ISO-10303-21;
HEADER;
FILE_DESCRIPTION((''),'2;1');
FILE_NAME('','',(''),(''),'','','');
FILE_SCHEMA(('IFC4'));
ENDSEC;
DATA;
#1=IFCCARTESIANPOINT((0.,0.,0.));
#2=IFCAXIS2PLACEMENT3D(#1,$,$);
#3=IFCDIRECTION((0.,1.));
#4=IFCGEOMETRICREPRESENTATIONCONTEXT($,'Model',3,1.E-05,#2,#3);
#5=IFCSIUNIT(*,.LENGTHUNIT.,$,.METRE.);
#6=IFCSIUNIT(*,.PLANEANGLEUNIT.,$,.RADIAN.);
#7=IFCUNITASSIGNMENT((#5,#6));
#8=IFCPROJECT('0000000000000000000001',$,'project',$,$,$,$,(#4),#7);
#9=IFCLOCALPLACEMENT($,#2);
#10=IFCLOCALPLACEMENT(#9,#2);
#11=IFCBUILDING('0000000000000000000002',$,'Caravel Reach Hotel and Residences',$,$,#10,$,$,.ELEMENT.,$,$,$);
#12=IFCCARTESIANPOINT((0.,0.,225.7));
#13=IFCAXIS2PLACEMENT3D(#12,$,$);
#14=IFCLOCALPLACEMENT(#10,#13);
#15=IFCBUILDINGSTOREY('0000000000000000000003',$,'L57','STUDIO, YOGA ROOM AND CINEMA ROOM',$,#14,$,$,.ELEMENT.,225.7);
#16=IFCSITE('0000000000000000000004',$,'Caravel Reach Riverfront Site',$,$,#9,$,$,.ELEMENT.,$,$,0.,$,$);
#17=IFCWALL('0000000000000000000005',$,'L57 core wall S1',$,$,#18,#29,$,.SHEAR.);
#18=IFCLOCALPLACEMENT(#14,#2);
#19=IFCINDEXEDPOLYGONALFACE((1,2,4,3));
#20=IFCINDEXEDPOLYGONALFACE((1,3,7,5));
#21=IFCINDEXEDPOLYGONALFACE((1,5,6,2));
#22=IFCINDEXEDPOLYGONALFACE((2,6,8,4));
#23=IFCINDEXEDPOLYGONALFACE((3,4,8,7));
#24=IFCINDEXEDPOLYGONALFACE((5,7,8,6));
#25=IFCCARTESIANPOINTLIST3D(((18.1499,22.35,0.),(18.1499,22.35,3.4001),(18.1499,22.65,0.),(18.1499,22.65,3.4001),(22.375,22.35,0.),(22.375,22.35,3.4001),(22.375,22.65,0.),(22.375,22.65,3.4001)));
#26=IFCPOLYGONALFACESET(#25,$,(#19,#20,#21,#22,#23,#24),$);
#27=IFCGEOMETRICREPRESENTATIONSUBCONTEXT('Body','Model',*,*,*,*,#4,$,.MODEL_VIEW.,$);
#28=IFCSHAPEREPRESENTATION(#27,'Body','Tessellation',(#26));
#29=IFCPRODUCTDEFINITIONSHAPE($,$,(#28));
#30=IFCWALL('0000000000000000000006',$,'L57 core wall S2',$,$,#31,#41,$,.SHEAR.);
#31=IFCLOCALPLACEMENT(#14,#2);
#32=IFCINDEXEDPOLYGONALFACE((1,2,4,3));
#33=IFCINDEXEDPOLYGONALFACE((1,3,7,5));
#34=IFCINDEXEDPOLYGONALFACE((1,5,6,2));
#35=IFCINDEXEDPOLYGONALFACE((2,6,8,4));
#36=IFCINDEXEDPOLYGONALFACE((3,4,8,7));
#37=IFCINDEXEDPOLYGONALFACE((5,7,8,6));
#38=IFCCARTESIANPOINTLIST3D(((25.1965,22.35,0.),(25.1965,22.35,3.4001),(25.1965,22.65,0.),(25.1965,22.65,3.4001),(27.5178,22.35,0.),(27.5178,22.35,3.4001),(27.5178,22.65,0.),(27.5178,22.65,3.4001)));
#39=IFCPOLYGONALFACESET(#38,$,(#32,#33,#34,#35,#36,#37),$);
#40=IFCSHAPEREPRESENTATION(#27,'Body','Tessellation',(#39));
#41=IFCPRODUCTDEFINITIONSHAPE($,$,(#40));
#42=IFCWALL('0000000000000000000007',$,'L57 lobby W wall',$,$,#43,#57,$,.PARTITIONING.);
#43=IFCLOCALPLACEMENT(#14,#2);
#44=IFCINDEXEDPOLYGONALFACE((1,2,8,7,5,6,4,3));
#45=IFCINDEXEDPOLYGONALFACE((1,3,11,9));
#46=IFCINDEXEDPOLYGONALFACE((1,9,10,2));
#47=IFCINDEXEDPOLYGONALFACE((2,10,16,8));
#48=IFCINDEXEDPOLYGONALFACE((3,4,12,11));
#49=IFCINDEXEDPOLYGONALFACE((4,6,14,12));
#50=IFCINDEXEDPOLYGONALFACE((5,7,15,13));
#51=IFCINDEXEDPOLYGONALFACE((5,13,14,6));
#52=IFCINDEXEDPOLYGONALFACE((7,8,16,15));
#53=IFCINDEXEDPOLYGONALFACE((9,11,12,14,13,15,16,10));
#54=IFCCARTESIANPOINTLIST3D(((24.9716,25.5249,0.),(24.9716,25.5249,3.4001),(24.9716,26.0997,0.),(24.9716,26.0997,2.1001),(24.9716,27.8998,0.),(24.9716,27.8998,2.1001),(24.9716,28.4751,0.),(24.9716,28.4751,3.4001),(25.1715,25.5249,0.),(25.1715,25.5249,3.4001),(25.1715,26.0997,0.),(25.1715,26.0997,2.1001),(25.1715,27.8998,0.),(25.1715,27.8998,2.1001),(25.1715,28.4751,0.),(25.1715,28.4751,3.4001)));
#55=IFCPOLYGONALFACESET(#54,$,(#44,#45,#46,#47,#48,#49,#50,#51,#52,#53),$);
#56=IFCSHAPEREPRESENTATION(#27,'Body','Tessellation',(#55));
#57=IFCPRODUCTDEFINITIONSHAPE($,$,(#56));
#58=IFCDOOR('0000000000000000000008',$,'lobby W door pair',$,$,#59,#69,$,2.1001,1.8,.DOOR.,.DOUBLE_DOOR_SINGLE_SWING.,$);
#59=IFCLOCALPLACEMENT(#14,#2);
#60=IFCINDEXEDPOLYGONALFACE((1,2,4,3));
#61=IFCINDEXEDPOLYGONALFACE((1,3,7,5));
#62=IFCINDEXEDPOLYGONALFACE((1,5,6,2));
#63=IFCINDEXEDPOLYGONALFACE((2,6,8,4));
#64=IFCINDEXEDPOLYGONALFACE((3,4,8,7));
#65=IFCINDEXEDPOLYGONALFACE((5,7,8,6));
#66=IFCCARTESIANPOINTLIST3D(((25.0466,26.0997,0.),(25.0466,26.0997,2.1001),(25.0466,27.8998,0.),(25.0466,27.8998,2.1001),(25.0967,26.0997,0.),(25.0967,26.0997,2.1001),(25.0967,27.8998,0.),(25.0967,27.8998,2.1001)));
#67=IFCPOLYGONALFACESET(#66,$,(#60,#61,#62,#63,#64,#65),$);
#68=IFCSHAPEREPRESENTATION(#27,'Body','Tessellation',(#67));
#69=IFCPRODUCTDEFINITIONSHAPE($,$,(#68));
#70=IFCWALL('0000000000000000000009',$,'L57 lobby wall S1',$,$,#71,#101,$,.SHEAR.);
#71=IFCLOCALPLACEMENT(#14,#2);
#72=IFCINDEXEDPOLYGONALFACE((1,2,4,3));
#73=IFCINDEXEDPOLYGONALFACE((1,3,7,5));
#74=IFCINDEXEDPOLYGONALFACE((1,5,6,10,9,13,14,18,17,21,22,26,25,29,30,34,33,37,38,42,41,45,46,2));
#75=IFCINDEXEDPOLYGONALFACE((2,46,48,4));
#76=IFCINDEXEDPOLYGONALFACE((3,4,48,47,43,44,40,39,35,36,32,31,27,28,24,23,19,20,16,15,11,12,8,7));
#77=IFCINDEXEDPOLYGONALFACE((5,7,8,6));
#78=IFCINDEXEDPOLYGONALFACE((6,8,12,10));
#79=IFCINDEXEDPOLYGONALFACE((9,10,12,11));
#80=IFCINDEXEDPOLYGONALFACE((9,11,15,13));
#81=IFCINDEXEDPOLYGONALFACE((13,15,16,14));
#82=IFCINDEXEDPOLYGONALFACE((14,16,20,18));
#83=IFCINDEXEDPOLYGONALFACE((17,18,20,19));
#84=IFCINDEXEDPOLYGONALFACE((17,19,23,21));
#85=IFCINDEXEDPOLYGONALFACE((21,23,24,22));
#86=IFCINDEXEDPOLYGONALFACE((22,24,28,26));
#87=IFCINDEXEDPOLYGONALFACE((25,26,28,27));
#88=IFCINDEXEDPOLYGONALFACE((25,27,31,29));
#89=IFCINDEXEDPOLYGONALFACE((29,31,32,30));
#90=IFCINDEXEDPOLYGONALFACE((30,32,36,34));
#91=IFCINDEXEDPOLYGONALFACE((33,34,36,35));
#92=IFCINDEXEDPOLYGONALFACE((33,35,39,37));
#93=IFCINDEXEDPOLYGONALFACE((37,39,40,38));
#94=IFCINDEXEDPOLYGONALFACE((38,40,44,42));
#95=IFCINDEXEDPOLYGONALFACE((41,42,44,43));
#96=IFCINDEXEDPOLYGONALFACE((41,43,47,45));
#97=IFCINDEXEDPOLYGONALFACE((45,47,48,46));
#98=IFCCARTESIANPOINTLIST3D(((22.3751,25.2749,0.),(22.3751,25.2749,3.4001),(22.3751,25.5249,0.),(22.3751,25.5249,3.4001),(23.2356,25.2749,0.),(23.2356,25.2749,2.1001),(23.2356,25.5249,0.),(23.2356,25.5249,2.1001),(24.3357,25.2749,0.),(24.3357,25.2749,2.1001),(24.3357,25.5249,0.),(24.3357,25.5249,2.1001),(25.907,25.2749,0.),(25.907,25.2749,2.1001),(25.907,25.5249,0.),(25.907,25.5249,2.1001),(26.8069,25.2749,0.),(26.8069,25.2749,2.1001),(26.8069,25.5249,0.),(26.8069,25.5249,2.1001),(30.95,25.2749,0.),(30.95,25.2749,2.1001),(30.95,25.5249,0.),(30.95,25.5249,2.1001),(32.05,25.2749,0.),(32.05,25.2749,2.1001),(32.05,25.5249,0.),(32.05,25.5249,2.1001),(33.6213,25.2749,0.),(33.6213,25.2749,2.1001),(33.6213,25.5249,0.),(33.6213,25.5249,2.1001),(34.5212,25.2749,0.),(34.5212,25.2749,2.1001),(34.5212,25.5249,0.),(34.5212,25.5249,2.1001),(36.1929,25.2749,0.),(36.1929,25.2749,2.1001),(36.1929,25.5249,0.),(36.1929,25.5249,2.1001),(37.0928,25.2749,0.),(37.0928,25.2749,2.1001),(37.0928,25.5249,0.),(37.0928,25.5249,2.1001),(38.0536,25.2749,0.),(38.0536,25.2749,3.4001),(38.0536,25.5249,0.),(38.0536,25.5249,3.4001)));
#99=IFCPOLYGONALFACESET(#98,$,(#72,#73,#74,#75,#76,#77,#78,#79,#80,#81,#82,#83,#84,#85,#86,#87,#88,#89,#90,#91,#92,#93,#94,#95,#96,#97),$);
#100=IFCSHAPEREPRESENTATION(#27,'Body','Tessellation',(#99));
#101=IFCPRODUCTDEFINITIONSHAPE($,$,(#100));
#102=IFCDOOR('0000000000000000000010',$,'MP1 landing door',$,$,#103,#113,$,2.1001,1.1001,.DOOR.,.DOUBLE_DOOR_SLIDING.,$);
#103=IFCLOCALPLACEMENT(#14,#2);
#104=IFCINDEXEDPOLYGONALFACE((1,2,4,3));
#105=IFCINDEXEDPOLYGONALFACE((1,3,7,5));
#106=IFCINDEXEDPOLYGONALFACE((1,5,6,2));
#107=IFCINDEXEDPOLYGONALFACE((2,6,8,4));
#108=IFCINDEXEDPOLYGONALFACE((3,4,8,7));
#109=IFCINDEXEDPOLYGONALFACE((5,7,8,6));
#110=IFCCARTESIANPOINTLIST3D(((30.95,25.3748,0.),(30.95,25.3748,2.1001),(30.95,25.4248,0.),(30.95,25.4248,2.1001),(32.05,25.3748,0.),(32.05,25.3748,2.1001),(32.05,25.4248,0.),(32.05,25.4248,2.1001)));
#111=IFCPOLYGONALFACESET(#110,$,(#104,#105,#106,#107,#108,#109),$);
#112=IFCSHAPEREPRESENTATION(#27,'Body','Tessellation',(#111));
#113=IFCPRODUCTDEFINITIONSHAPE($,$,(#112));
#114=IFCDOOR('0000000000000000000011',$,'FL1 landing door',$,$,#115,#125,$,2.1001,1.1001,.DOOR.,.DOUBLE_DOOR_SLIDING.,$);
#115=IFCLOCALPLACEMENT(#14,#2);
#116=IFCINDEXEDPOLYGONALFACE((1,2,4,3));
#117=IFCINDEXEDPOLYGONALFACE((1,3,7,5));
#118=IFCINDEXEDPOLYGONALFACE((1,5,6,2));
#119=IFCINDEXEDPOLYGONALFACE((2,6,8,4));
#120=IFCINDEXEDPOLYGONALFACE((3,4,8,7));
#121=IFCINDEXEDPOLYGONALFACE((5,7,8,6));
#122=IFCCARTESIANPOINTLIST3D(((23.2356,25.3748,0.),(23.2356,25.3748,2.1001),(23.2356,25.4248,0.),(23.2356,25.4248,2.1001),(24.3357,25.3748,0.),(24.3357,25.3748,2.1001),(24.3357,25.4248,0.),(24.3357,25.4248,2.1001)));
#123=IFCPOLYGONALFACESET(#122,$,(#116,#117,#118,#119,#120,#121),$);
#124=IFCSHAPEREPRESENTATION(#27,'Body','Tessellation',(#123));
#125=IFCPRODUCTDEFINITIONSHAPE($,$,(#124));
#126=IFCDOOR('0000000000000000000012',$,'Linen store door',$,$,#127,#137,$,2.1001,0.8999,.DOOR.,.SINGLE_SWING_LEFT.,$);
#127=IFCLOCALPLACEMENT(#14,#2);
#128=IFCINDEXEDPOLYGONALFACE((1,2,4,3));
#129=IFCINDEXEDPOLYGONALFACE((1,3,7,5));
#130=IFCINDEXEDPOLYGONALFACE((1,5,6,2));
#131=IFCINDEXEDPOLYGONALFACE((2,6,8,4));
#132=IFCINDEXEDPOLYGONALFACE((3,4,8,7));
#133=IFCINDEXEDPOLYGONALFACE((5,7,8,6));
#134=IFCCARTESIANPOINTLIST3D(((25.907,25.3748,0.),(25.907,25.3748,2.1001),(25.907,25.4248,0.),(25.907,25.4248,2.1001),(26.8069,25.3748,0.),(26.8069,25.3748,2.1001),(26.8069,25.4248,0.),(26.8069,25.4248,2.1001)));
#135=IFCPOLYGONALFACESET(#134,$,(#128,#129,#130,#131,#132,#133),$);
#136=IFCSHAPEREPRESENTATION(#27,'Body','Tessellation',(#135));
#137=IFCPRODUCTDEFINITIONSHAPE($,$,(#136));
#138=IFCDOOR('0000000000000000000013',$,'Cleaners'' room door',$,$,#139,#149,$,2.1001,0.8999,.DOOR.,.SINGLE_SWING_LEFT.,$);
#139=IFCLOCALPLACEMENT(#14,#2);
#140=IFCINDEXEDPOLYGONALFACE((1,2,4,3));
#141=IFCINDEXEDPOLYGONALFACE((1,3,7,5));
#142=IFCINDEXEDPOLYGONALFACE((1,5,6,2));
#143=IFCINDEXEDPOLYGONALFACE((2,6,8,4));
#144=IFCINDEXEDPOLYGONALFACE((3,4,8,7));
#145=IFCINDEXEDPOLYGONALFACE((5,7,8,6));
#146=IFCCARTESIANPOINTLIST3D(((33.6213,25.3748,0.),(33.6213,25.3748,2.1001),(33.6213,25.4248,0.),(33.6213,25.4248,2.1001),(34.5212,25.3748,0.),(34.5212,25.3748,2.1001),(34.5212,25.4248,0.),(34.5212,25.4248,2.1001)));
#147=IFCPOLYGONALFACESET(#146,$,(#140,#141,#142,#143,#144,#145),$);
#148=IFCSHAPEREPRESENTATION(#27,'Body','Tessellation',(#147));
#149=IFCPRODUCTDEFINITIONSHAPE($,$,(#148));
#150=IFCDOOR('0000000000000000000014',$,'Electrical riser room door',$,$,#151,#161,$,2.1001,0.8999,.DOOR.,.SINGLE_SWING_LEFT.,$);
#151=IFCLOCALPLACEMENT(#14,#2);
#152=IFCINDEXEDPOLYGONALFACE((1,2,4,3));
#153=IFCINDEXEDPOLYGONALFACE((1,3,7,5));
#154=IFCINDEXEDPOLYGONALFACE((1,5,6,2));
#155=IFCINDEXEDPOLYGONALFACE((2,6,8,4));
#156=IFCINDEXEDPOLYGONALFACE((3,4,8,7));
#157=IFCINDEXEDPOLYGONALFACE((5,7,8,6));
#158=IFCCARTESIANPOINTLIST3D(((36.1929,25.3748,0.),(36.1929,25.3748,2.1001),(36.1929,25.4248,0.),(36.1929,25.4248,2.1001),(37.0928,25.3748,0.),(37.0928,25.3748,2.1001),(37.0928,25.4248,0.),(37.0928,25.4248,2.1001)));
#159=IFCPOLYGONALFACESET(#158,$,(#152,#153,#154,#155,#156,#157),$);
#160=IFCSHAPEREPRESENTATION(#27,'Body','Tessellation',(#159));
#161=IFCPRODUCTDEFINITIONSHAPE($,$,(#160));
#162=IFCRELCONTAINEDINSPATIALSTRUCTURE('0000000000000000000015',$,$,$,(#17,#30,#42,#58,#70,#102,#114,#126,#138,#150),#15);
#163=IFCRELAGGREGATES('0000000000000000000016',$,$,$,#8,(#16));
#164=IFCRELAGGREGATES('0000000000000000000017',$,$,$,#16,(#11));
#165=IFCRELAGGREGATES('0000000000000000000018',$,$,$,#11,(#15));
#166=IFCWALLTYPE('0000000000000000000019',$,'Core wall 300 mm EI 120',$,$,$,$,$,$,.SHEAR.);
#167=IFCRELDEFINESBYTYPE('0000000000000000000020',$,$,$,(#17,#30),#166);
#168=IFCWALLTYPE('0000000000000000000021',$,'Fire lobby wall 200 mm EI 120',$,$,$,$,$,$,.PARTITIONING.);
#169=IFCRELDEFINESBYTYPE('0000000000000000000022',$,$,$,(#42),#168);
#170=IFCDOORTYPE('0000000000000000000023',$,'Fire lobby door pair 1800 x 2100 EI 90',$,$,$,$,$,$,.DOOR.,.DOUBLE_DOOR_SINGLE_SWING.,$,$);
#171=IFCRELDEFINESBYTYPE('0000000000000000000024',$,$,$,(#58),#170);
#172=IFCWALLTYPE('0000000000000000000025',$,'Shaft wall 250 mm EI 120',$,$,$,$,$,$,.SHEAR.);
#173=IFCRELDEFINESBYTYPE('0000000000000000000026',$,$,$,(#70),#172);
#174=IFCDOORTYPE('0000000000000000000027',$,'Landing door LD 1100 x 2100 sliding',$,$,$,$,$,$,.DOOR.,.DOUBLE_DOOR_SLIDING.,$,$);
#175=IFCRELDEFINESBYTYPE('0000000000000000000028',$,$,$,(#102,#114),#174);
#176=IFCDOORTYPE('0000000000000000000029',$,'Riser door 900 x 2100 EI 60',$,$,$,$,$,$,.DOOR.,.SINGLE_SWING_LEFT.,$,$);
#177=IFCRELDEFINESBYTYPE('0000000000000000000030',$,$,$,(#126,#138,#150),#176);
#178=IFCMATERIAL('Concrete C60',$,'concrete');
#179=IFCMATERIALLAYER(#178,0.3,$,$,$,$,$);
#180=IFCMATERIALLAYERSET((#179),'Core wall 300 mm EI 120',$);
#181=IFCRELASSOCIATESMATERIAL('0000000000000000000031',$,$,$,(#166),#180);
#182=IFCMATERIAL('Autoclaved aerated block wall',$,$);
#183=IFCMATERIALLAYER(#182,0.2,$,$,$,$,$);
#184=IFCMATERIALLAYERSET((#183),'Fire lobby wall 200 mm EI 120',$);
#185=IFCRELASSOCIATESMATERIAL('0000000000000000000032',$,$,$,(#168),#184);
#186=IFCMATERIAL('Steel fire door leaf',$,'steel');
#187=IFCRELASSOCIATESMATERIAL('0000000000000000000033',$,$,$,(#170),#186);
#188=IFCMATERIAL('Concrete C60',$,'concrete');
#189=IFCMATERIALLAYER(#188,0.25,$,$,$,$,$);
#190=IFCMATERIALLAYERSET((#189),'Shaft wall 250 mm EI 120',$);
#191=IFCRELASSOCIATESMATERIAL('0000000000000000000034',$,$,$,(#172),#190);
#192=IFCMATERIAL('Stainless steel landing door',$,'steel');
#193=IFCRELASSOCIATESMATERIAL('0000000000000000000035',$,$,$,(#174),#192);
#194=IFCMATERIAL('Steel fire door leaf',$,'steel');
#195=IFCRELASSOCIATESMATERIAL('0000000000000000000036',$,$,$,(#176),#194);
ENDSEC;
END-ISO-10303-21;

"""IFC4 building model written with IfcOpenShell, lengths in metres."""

from ifc_helpers import new_model, si_unit, direction, frame, frame_2d, origin, place, context, subcontext, project, spatial, rectangle, extrude, material, layer, layer_set, type_object, element, fill, save


model = new_model("IFC4")

# Units and contexts
model_context = context("Model", 3, precision=1e-05, world=origin(), true_north=direction((0.0, 1.0)))
body_context = subcontext(model_context, "Body", "Model", "MODEL_VIEW")
ifc_project = project(units=[si_unit("LENGTHUNIT", "METRE"), si_unit("PLANEANGLEUNIT", "RADIAN")], contexts=[model_context])

# Site, building, storey
site_placement = place(None, origin())
site = spatial("IfcSite", under=ifc_project, at=site_placement, Name="Caravel Reach Riverfront Site", CompositionType="ELEMENT", RefElevation=0.0)
building_placement = place(site_placement, origin())
building = spatial("IfcBuilding", under=site, at=building_placement, Name="Caravel Reach Hotel and Residences", CompositionType="ELEMENT")
storey_placement = place(building_placement, frame((0.0, 0.0, 225.7)))
storey = spatial("IfcBuildingStorey", under=building, at=storey_placement, Name="L57", Description="STUDIO, YOGA ROOM AND CINEMA ROOM", CompositionType="ELEMENT", Elevation=225.7)

# Walls
ifc_material_1 = material(Name="Concrete C60", Category="concrete")
ifc_layer_1 = layer(ifc_material_1, 0.3)
ifc_layer_set_1 = layer_set([ifc_layer_1], Name="Core wall 300 mm EI 120")
wall_type_1 = type_object("IfcWallType", Name="Core wall 300 mm EI 120", PredefinedType="SHEAR", material=ifc_layer_set_1)
wall_1_placement = place(storey_placement, frame((18.1499, 22.5, 0.0), z_axis=(0.0, 0.0, 1.0), x_axis=(1.0, 0.0, 0.0)))
element("IfcWall", 1, at=wall_1_placement, inside=storey, type_object=wall_type_1, Name="L57 core wall S1", PredefinedType="SHEAR", context=body_context, shape_type="SweptSolid", body=[
    extrude(rectangle(XDim=4.2251, YDim=0.3, at=frame_2d((2.1125, 0.0))), origin(), (0.0, 0.0, 1.0), 3.4001),
])
wall_2_placement = place(storey_placement, frame((25.1965, 22.5, 0.0), z_axis=(0.0, 0.0, 1.0), x_axis=(1.0, 0.0, 0.0)))
element("IfcWall", 2, at=wall_2_placement, inside=storey, type_object=wall_type_1, Name="L57 core wall S2", PredefinedType="SHEAR", context=body_context, shape_type="SweptSolid", body=[
    extrude(rectangle(XDim=2.3213, YDim=0.3, at=frame_2d((1.1606, 0.0))), origin(), (0.0, 0.0, 1.0), 3.4001),
])

# Wall, opening, door
ifc_material_2 = material(Name="Autoclaved aerated block wall")
ifc_layer_2 = layer(ifc_material_2, 0.2)
ifc_layer_set_2 = layer_set([ifc_layer_2], Name="Fire lobby wall 200 mm EI 120")
wall_type_2 = type_object("IfcWallType", Name="Fire lobby wall 200 mm EI 120", PredefinedType="PARTITIONING", material=ifc_layer_set_2)
wall_3_placement = place(storey_placement, frame((25.0715, 25.5249, 0.0), z_axis=(0.0, 0.0, 1.0), x_axis=(0.0, 1.0, 0.0)))
wall_3 = element("IfcWall", 3, at=wall_3_placement, inside=storey, type_object=wall_type_2, Name="L57 lobby W wall", PredefinedType="PARTITIONING", context=body_context, shape_type="SweptSolid", body=[
    extrude(rectangle(XDim=2.9502, YDim=0.2, at=frame_2d((1.4751, 0.0))), origin(), (0.0, 0.0, 1.0), 3.4001),
])
opening_1_placement = place(wall_3_placement, frame((0.575, 0.0, 0.0)))
opening_1 = element("IfcOpeningElement", 4, at=opening_1_placement, cuts=wall_3, PredefinedType="OPENING", context=body_context, shape_type="SweptSolid", body=[
    extrude(rectangle(XDim=1.8, YDim=2.1001, at=frame_2d((0.8999, 1.05))), frame((0.0, 0.1099, 0.0), z_axis=(0.0, -1.0, 0.0), x_axis=(1.0, 0.0, 0.0)), (0.0, 0.0, 1.0), 0.22),
])
ifc_material_3 = material(Name="Steel fire door leaf", Category="steel")
door_type_1 = type_object("IfcDoorType", Name="Fire lobby door pair 1800 x 2100 EI 90", OperationType="DOUBLE_DOOR_SINGLE_SWING", PredefinedType="DOOR", material=ifc_material_3)
door_1_placement = place(opening_1_placement, origin())
door_1 = element("IfcDoor", 5, at=door_1_placement, inside=storey, type_object=door_type_1, Name="lobby W door pair", OperationType="DOUBLE_DOOR_SINGLE_SWING", OverallHeight=2.1001, OverallWidth=1.8, PredefinedType="DOOR", context=body_context, shape_type="SweptSolid", body=[
    extrude(rectangle(XDim=1.8, YDim=2.1001, at=frame_2d((0.8999, 1.05))), frame((0.0, 0.0249, 0.0), z_axis=(0.0, -1.0, 0.0), x_axis=(1.0, 0.0, 0.0)), (0.0, 0.0, 1.0), 0.05),
])
fill(opening_1, door_1)

# Wall, openings, doors
ifc_material_4 = material(Name="Concrete C60", Category="concrete")
ifc_layer_3 = layer(ifc_material_4, 0.25)
ifc_layer_set_3 = layer_set([ifc_layer_3], Name="Shaft wall 250 mm EI 120")
wall_type_3 = type_object("IfcWallType", Name="Shaft wall 250 mm EI 120", PredefinedType="SHEAR", material=ifc_layer_set_3)
wall_4_placement = place(storey_placement, frame((22.375, 25.3999, 0.0), z_axis=(0.0, 0.0, 1.0), x_axis=(1.0, 0.0, 0.0)))
wall_4 = element("IfcWall", 6, at=wall_4_placement, inside=storey, type_object=wall_type_3, Name="L57 lobby wall S1", PredefinedType="SHEAR", context=body_context, shape_type="SweptSolid", body=[
    extrude(rectangle(XDim=15.6785, YDim=0.25, at=frame_2d((7.8394, 0.0))), origin(), (0.0, 0.0, 1.0), 3.4001),
])
opening_2_placement = place(wall_4_placement, frame((8.575, 0.0, 0.0)))
opening_2 = element("IfcOpeningElement", 7, at=opening_2_placement, cuts=wall_4, PredefinedType="OPENING", context=body_context, shape_type="SweptSolid", body=[
    extrude(rectangle(XDim=1.1001, YDim=2.1001, at=frame_2d((0.55, 1.05))), frame((0.0, 0.135, 0.0), z_axis=(0.0, -1.0, 0.0), x_axis=(1.0, 0.0, 0.0)), (0.0, 0.0, 1.0), 0.27),
])
opening_3_placement = place(wall_4_placement, frame((0.8606, 0.0, 0.0)))
opening_3 = element("IfcOpeningElement", 8, at=opening_3_placement, cuts=wall_4, PredefinedType="OPENING", context=body_context, shape_type="SweptSolid", body=[
    extrude(rectangle(XDim=1.1001, YDim=2.1001, at=frame_2d((0.55, 1.05))), frame((0.0, 0.135, 0.0), z_axis=(0.0, -1.0, 0.0), x_axis=(1.0, 0.0, 0.0)), (0.0, 0.0, 1.0), 0.27),
])
opening_4_placement = place(wall_4_placement, frame((3.532, 0.0, 0.0)))
opening_4 = element("IfcOpeningElement", 9, at=opening_4_placement, cuts=wall_4, PredefinedType="OPENING", context=body_context, shape_type="SweptSolid", body=[
    extrude(rectangle(XDim=0.8999, YDim=2.1001, at=frame_2d((0.45, 1.05))), frame((0.0, 0.135, 0.0), z_axis=(0.0, -1.0, 0.0), x_axis=(1.0, 0.0, 0.0)), (0.0, 0.0, 1.0), 0.27),
])
opening_5_placement = place(wall_4_placement, frame((11.2463, 0.0, 0.0)))
opening_5 = element("IfcOpeningElement", 10, at=opening_5_placement, cuts=wall_4, PredefinedType="OPENING", context=body_context, shape_type="SweptSolid", body=[
    extrude(rectangle(XDim=0.8999, YDim=2.1001, at=frame_2d((0.45, 1.05))), frame((0.0, 0.135, 0.0), z_axis=(0.0, -1.0, 0.0), x_axis=(1.0, 0.0, 0.0)), (0.0, 0.0, 1.0), 0.27),
])
opening_6_placement = place(wall_4_placement, frame((13.8179, 0.0, 0.0)))
opening_6 = element("IfcOpeningElement", 11, at=opening_6_placement, cuts=wall_4, PredefinedType="OPENING", context=body_context, shape_type="SweptSolid", body=[
    extrude(rectangle(XDim=0.8999, YDim=2.1001, at=frame_2d((0.45, 1.05))), frame((0.0, 0.135, 0.0), z_axis=(0.0, -1.0, 0.0), x_axis=(1.0, 0.0, 0.0)), (0.0, 0.0, 1.0), 0.27),
])
ifc_material_5 = material(Name="Stainless steel landing door", Category="steel")
door_type_2 = type_object("IfcDoorType", Name="Landing door LD 1100 x 2100 sliding", OperationType="DOUBLE_DOOR_SLIDING", PredefinedType="DOOR", material=ifc_material_5)
door_2_placement = place(opening_2_placement, origin())
door_2 = element("IfcDoor", 12, at=door_2_placement, inside=storey, type_object=door_type_2, Name="MP1 landing door", OperationType="DOUBLE_DOOR_SLIDING", OverallHeight=2.1001, OverallWidth=1.1001, PredefinedType="DOOR", context=body_context, shape_type="SweptSolid", body=[
    extrude(rectangle(XDim=1.1001, YDim=2.1001, at=frame_2d((0.55, 1.05))), frame((0.0, 0.0249, 0.0), z_axis=(0.0, -1.0, 0.0), x_axis=(1.0, 0.0, 0.0)), (0.0, 0.0, 1.0), 0.05),
])
fill(opening_2, door_2)
door_3_placement = place(opening_3_placement, origin())
door_3 = element("IfcDoor", 13, at=door_3_placement, inside=storey, type_object=door_type_2, Name="FL1 landing door", OperationType="DOUBLE_DOOR_SLIDING", OverallHeight=2.1001, OverallWidth=1.1001, PredefinedType="DOOR", context=body_context, shape_type="SweptSolid", body=[
    extrude(rectangle(XDim=1.1001, YDim=2.1001, at=frame_2d((0.55, 1.05))), frame((0.0, 0.0249, 0.0), z_axis=(0.0, -1.0, 0.0), x_axis=(1.0, 0.0, 0.0)), (0.0, 0.0, 1.0), 0.05),
])
fill(opening_3, door_3)
ifc_material_6 = material(Name="Steel fire door leaf", Category="steel")
door_type_3 = type_object("IfcDoorType", Name="Riser door 900 x 2100 EI 60", OperationType="SINGLE_SWING_LEFT", PredefinedType="DOOR", material=ifc_material_6)
door_4_placement = place(opening_4_placement, origin())
door_4 = element("IfcDoor", 14, at=door_4_placement, inside=storey, type_object=door_type_3, Name="Linen store door", OperationType="SINGLE_SWING_LEFT", OverallHeight=2.1001, OverallWidth=0.8999, PredefinedType="DOOR", context=body_context, shape_type="SweptSolid", body=[
    extrude(rectangle(XDim=0.8999, YDim=2.1001, at=frame_2d((0.45, 1.05))), frame((0.0, 0.0249, 0.0), z_axis=(0.0, -1.0, 0.0), x_axis=(1.0, 0.0, 0.0)), (0.0, 0.0, 1.0), 0.05),
])
fill(opening_4, door_4)
door_5_placement = place(opening_5_placement, origin())
door_5 = element("IfcDoor", 15, at=door_5_placement, inside=storey, type_object=door_type_3, Name="Cleaners' room door", OperationType="SINGLE_SWING_LEFT", OverallHeight=2.1001, OverallWidth=0.8999, PredefinedType="DOOR", context=body_context, shape_type="SweptSolid", body=[
    extrude(rectangle(XDim=0.8999, YDim=2.1001, at=frame_2d((0.45, 1.05))), frame((0.0, 0.0249, 0.0), z_axis=(0.0, -1.0, 0.0), x_axis=(1.0, 0.0, 0.0)), (0.0, 0.0, 1.0), 0.05),
])
fill(opening_5, door_5)
door_6_placement = place(opening_6_placement, origin())
door_6 = element("IfcDoor", 16, at=door_6_placement, inside=storey, type_object=door_type_3, Name="Electrical riser room door", OperationType="SINGLE_SWING_LEFT", OverallHeight=2.1001, OverallWidth=0.8999, PredefinedType="DOOR", context=body_context, shape_type="SweptSolid", body=[
    extrude(rectangle(XDim=0.8999, YDim=2.1001, at=frame_2d((0.45, 1.05))), frame((0.0, 0.0249, 0.0), z_axis=(0.0, -1.0, 0.0), x_axis=(1.0, 0.0, 0.0)), (0.0, 0.0, 1.0), 0.05),
])
fill(opening_6, door_6)

save(model, "model.ifc")
